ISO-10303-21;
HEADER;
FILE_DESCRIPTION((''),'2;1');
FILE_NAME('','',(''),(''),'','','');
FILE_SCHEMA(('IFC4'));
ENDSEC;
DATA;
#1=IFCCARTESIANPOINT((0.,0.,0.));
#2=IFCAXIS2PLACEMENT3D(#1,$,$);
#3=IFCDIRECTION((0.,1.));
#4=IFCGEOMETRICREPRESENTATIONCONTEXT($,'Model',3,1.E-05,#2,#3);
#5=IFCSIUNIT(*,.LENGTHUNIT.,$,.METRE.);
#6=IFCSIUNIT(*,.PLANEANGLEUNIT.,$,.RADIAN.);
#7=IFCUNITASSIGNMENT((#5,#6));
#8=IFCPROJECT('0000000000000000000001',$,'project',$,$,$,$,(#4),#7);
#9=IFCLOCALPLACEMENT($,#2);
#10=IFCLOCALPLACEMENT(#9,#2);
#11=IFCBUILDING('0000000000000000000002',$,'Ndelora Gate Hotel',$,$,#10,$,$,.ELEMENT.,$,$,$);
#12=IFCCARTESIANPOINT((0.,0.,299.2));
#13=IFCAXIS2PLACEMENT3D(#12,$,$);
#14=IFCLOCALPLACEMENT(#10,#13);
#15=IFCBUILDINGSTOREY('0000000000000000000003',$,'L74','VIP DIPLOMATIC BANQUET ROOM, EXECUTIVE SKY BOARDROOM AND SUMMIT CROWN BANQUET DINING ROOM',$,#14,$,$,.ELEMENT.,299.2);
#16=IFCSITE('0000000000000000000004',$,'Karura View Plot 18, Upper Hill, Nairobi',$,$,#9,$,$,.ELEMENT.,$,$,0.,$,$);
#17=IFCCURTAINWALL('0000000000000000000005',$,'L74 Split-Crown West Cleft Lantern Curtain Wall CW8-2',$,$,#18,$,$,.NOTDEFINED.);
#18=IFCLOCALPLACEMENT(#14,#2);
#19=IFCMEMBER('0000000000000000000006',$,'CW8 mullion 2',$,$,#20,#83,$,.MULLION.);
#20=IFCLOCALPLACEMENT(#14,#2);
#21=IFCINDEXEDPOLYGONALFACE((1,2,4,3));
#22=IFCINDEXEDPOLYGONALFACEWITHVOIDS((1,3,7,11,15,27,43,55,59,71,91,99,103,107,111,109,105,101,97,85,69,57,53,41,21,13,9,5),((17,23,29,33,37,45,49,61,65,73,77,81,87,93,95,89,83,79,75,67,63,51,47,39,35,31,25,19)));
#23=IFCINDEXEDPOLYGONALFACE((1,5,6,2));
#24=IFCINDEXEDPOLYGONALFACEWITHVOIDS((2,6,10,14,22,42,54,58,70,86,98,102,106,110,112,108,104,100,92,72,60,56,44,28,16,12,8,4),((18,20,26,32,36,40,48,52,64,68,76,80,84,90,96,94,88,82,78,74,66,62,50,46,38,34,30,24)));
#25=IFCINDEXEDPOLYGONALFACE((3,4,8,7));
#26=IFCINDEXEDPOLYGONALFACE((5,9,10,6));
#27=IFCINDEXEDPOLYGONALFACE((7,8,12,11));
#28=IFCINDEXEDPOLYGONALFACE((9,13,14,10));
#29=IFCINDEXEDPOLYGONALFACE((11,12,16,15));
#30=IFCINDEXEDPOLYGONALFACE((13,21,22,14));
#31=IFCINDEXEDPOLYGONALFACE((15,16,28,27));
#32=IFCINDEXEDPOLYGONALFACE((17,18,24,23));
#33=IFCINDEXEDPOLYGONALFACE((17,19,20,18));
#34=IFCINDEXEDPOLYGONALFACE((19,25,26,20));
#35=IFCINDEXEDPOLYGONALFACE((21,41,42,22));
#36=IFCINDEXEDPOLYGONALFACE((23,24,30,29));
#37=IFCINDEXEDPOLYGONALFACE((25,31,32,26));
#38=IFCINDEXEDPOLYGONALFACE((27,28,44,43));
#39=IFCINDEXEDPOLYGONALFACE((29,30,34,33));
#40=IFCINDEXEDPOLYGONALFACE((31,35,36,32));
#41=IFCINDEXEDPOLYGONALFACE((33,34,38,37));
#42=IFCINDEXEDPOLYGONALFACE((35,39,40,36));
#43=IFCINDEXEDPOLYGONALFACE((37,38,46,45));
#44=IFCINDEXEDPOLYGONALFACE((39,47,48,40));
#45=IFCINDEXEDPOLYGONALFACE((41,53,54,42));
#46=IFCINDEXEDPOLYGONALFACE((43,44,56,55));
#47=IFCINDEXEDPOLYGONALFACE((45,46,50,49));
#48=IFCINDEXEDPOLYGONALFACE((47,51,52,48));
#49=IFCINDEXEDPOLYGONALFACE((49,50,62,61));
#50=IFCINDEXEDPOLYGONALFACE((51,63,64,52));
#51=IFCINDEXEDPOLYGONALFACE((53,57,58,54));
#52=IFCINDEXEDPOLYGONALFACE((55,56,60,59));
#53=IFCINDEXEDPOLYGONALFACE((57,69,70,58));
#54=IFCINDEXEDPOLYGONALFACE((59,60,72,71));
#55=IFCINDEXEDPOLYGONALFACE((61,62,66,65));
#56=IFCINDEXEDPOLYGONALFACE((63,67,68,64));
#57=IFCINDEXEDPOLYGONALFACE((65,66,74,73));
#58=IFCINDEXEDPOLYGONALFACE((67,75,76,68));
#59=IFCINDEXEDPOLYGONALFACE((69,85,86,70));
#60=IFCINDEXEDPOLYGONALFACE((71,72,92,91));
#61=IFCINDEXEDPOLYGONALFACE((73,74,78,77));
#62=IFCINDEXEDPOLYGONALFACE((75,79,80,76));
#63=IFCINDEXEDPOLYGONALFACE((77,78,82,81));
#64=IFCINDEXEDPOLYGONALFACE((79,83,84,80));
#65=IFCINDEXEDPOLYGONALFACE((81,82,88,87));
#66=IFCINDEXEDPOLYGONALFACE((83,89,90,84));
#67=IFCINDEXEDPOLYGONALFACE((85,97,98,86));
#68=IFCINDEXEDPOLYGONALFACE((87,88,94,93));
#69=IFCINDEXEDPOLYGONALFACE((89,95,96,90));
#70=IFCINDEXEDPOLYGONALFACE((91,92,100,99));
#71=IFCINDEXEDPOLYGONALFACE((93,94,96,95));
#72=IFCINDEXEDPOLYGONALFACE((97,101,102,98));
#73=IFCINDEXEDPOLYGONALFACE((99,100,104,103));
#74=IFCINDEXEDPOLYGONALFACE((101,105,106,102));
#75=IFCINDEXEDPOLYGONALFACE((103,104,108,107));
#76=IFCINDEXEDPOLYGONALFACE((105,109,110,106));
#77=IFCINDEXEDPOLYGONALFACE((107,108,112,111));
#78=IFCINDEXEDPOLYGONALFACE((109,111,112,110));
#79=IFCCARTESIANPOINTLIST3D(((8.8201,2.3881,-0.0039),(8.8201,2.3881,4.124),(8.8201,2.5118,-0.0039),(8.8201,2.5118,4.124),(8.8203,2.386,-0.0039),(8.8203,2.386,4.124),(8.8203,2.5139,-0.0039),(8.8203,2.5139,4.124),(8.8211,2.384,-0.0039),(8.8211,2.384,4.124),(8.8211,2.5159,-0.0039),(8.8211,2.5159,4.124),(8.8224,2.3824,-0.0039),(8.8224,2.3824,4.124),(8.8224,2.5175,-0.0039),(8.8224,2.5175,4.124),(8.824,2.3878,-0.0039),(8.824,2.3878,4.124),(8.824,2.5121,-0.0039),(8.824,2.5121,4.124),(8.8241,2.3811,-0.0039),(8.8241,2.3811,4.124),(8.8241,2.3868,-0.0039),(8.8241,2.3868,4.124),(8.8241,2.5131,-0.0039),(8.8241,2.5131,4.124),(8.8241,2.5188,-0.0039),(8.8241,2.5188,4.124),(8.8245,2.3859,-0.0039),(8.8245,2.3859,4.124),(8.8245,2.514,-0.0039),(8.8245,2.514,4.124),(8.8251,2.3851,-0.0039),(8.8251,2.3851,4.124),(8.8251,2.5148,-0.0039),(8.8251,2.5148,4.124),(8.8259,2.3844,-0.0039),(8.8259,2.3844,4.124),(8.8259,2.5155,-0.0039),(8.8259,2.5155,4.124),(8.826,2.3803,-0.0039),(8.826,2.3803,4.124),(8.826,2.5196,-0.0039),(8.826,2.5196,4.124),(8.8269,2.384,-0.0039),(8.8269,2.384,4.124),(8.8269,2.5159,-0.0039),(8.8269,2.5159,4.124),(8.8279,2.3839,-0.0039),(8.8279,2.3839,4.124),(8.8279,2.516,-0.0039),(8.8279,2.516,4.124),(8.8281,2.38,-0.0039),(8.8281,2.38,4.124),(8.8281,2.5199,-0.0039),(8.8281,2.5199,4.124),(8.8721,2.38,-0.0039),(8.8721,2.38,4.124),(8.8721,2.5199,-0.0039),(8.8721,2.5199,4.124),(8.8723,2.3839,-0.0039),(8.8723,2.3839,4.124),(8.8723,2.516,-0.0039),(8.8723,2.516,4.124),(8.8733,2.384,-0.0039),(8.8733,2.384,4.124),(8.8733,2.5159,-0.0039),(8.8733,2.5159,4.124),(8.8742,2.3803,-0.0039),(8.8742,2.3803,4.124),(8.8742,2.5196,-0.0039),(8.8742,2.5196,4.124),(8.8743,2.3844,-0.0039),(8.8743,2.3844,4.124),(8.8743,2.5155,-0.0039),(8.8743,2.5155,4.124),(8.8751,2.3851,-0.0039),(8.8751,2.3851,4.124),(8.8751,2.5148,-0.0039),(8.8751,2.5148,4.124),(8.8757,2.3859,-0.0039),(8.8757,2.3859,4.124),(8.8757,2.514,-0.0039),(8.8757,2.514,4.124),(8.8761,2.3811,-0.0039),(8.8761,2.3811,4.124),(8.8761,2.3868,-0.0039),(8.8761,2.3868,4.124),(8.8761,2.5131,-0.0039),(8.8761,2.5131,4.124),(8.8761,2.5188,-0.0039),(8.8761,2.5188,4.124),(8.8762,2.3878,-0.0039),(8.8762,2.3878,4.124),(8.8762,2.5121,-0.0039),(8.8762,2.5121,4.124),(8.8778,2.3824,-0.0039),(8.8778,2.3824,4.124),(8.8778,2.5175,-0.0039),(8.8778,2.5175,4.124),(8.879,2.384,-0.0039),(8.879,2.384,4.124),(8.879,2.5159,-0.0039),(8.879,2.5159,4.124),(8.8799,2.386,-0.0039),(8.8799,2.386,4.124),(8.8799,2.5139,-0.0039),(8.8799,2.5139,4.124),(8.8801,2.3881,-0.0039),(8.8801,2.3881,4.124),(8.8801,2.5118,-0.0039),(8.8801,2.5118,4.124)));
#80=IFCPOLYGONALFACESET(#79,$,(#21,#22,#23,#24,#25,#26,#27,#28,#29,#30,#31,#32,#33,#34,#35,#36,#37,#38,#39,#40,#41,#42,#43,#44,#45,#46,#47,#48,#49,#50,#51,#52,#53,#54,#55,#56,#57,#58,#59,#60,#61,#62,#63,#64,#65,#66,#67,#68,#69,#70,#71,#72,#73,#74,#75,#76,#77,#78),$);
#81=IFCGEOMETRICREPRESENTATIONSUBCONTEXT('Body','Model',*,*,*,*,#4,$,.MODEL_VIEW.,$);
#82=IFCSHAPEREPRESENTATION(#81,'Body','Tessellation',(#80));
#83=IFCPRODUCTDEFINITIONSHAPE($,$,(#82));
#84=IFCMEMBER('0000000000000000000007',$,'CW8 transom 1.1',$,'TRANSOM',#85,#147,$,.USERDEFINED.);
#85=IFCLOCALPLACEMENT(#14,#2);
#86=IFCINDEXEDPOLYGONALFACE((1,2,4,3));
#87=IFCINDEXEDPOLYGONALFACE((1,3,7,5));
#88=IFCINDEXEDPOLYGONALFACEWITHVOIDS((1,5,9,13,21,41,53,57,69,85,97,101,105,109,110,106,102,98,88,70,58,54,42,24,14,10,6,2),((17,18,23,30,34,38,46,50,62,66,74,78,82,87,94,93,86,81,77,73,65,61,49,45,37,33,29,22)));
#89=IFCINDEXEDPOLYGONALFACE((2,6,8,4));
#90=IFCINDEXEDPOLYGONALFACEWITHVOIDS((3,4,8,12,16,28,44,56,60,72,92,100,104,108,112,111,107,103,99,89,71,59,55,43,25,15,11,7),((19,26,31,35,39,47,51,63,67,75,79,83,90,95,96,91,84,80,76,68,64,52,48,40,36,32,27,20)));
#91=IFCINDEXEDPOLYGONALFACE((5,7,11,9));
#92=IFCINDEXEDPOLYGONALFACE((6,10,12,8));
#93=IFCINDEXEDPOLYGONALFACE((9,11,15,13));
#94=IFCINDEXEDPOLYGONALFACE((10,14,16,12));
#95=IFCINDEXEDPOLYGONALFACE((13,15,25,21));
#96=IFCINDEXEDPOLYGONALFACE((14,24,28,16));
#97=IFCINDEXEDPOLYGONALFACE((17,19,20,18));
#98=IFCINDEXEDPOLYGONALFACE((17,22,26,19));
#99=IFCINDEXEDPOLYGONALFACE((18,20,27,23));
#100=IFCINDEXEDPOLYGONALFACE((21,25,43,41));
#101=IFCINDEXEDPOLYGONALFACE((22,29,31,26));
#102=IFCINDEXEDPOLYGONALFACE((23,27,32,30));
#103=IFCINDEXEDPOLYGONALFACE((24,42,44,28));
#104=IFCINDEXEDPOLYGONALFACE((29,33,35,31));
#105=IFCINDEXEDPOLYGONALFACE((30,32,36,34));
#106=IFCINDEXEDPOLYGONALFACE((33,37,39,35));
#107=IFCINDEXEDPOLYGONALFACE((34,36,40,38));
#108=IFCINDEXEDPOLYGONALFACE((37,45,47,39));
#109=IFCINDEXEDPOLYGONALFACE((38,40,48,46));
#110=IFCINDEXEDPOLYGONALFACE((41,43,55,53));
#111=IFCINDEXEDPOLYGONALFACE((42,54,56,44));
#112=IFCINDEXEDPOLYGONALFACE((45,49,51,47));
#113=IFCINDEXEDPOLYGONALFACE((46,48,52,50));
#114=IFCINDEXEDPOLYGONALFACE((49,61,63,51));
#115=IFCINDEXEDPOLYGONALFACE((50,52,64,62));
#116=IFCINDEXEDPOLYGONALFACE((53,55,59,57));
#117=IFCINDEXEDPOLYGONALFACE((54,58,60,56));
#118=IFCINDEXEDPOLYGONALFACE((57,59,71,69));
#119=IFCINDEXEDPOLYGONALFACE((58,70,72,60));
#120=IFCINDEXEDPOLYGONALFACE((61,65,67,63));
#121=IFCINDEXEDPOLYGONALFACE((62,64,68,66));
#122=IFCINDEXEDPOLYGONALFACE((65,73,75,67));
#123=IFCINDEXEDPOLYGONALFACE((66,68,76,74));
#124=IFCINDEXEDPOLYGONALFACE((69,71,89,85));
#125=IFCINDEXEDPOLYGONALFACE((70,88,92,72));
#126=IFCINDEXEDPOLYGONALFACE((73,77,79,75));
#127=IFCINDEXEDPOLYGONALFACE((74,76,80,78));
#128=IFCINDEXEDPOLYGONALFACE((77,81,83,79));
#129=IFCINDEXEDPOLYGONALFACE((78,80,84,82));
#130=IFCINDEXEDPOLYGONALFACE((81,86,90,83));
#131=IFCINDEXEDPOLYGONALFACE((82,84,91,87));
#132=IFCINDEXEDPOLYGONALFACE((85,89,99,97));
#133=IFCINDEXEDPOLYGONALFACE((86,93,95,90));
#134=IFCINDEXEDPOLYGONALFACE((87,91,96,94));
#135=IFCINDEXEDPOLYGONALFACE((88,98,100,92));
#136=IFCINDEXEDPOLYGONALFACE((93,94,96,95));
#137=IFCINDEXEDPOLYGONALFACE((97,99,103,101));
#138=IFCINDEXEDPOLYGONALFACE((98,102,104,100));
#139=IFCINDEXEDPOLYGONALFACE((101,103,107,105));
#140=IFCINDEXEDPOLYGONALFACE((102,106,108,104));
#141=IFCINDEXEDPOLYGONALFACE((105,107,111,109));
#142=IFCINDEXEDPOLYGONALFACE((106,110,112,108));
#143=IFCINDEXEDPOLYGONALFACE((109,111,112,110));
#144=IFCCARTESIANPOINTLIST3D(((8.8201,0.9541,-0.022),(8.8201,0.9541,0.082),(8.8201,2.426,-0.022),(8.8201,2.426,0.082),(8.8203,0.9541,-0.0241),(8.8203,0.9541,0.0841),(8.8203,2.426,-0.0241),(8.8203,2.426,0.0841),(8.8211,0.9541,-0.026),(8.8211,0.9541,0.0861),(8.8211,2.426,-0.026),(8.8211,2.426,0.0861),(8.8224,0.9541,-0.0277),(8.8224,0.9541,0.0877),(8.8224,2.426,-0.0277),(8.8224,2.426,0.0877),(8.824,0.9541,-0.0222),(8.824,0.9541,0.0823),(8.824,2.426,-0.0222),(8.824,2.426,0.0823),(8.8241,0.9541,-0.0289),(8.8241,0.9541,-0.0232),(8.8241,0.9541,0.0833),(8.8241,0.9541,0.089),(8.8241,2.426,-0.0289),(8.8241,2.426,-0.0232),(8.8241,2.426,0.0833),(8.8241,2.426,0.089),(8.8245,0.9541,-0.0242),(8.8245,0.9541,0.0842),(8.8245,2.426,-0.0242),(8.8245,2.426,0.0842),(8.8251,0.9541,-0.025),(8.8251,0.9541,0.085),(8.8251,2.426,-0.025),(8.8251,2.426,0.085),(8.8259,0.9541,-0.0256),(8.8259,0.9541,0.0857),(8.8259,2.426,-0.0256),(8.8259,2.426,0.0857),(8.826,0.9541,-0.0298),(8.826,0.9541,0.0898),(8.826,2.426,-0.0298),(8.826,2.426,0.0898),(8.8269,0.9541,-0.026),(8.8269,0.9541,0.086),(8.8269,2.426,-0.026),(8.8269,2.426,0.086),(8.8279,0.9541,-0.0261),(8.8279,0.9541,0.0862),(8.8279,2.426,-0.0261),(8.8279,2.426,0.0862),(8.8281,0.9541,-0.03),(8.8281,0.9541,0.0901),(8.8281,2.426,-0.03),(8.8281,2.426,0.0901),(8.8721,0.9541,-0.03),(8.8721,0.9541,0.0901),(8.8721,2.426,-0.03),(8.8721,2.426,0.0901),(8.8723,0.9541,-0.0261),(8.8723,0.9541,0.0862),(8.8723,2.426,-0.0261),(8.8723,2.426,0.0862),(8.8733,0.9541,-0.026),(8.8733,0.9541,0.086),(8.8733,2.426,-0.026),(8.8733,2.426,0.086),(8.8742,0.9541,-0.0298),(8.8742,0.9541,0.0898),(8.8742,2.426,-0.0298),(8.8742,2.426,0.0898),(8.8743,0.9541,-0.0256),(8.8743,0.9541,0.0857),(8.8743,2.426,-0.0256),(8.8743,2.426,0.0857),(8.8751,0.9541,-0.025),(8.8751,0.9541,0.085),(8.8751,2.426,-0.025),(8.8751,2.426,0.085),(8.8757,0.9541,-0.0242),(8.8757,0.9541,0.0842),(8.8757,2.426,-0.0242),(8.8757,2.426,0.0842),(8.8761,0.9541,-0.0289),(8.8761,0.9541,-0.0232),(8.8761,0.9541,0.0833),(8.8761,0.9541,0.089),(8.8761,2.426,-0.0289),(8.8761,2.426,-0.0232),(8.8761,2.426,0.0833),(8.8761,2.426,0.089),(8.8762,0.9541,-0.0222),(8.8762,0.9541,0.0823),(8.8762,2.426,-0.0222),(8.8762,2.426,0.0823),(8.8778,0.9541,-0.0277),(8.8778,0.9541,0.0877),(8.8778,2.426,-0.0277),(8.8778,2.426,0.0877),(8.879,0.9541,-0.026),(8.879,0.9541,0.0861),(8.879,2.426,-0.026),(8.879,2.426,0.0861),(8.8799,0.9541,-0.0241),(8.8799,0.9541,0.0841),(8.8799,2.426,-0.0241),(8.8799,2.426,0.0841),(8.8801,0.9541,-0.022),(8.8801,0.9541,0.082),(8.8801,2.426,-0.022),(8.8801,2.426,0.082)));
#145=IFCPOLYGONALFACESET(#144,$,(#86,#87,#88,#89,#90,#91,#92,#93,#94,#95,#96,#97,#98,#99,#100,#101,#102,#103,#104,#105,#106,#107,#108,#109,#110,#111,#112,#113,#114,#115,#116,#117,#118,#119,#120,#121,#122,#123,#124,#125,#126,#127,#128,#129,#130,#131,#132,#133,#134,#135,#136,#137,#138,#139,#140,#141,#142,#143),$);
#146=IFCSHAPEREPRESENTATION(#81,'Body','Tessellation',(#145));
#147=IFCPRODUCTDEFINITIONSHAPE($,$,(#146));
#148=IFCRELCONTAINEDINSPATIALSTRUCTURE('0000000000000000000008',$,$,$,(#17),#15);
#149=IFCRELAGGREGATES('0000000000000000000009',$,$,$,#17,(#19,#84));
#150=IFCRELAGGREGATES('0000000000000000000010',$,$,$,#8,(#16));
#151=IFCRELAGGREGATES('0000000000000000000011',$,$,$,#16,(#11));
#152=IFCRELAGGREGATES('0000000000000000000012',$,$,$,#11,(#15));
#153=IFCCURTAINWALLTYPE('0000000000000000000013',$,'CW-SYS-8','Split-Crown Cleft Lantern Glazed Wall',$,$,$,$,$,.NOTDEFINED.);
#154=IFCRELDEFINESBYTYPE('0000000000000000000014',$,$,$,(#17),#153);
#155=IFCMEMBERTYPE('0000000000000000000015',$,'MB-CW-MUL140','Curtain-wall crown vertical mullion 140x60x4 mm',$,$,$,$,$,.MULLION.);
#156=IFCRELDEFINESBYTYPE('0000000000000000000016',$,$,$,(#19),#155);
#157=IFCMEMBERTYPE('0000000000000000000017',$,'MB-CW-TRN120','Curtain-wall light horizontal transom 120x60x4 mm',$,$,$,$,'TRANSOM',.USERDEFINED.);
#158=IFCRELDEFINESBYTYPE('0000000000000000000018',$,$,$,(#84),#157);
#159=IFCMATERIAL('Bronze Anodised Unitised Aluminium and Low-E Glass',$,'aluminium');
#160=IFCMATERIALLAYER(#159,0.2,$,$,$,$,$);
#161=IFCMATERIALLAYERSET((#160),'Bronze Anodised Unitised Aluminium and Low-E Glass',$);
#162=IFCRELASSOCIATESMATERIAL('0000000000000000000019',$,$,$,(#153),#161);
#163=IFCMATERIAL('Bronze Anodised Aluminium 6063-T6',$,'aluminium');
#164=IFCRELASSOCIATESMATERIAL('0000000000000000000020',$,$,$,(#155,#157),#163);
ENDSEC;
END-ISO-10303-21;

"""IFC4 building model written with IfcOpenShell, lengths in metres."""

from ifc_helpers import new_model, si_unit, direction, frame, origin, origin_2d, place, context, subcontext, project, spatial, hollow_rectangle, extrude, material, layer, layer_set, material_profile, profile_set, type_object, element, aggregate, save


model = new_model("IFC4")

# Units and contexts
model_context = context("Model", 3, precision=1e-05, world=origin(), true_north=direction((0.0, 1.0)))
body_context = subcontext(model_context, "Body", "Model", "MODEL_VIEW")
ifc_project = project(units=[si_unit("LENGTHUNIT", "METRE"), si_unit("PLANEANGLEUNIT", "RADIAN")], contexts=[model_context])

# Site, building, storey
site_placement = place(None, origin())
site = spatial("IfcSite", under=ifc_project, at=site_placement, Name="Karura View Plot 18, Upper Hill, Nairobi", CompositionType="ELEMENT", RefElevation=0.0)
building_placement = place(site_placement, origin())
building = spatial("IfcBuilding", under=site, at=building_placement, Name="Ndelora Gate Hotel", CompositionType="ELEMENT")
storey_placement = place(building_placement, frame((0.0, 0.0, 299.2)))
storey = spatial("IfcBuildingStorey", under=building, at=storey_placement, Name="L74", Description="VIP DIPLOMATIC BANQUET ROOM, EXECUTIVE SKY BOARDROOM AND SUMMIT CROWN BANQUET DINING ROOM", CompositionType="ELEMENT", Elevation=299.2)

# Curtain wall, members
ifc_material_1 = material(Name="Bronze Anodised Unitised Aluminium and Low-E Glass", Category="aluminium")
ifc_layer_1 = layer(ifc_material_1, 0.2)
ifc_layer_set_1 = layer_set([ifc_layer_1], Name="Bronze Anodised Unitised Aluminium and Low-E Glass")
curtain_wall_type = type_object("IfcCurtainWallType", Name="CW-SYS-8", Description="Split-Crown Cleft Lantern Glazed Wall", PredefinedType="NOTDEFINED", material=ifc_layer_set_1)
curtain_wall_placement = place(storey_placement, origin())
curtain_wall = element("IfcCurtainWall", 1, at=curtain_wall_placement, inside=storey, type_object=curtain_wall_type, Name="L74 Split-Crown West Cleft Lantern Curtain Wall CW8-2", PredefinedType="NOTDEFINED")
ifc_material_2 = material(Name="Bronze Anodised Aluminium 6063-T6", Category="aluminium")
ifc_material_profile_1 = material_profile(ifc_material_2, hollow_rectangle(XDim=0.0601, YDim=0.1399, WallThickness=0.0039, InnerFilletRadius=0.0039, OuterFilletRadius=0.0081, at=origin_2d()), Name="ALU 140x60x4")
ifc_profile_set_1 = profile_set([ifc_material_profile_1], Name="Bronze Anodised Aluminium 6063-T6")
member_type_1 = type_object("IfcMemberType", Name="MB-CW-MUL140", Description="Curtain-wall crown vertical mullion 140x60x4 mm", PredefinedType="MULLION", material=ifc_profile_set_1)
member_1_placement = place(storey_placement, frame((8.8501, 2.45, -0.0039), z_axis=(0.0, 0.0, 1.0), x_axis=(-1.0, 0.0, 0.0)))
member_1 = element("IfcMember", 2, at=member_1_placement, type_object=member_type_1, Name="CW8 mullion 2", PredefinedType="MULLION", context=body_context, shape_type="SweptSolid", body=[
    extrude(hollow_rectangle(XDim=0.0601, YDim=0.1399, WallThickness=0.0039, InnerFilletRadius=0.0039, OuterFilletRadius=0.0081, at=origin_2d()), origin(), (0.0, 0.0, 1.0), 4.1279),
])
ifc_material_profile_2 = material_profile(ifc_material_2, hollow_rectangle(XDim=0.0601, YDim=0.1201, WallThickness=0.0039, InnerFilletRadius=0.0039, OuterFilletRadius=0.0081, at=origin_2d()), Name="ALU 120x60x4")
ifc_profile_set_2 = profile_set([ifc_material_profile_2], Name="Bronze Anodised Aluminium 6063-T6")
member_type_2 = type_object("IfcMemberType", Name="MB-CW-TRN120", Description="Curtain-wall light horizontal transom 120x60x4 mm", ElementType="TRANSOM", PredefinedType="USERDEFINED", material=ifc_profile_set_2)
member_2_placement = place(storey_placement, frame((8.8501, 0.9541, 0.03), z_axis=(0.0, 1.0, 0.0), x_axis=(-1.0, 0.0, 0.0)))
member_2 = element("IfcMember", 3, at=member_2_placement, type_object=member_type_2, Name="CW8 transom 1.1", ObjectType="TRANSOM", PredefinedType="USERDEFINED", context=body_context, shape_type="SweptSolid", body=[
    extrude(hollow_rectangle(XDim=0.0601, YDim=0.1201, WallThickness=0.0039, InnerFilletRadius=0.0039, OuterFilletRadius=0.0081, at=origin_2d()), origin(), (0.0, 0.0, 1.0), 1.4719),
])
aggregate(curtain_wall, [member_1, member_2])

save(model, "model.ifc")
